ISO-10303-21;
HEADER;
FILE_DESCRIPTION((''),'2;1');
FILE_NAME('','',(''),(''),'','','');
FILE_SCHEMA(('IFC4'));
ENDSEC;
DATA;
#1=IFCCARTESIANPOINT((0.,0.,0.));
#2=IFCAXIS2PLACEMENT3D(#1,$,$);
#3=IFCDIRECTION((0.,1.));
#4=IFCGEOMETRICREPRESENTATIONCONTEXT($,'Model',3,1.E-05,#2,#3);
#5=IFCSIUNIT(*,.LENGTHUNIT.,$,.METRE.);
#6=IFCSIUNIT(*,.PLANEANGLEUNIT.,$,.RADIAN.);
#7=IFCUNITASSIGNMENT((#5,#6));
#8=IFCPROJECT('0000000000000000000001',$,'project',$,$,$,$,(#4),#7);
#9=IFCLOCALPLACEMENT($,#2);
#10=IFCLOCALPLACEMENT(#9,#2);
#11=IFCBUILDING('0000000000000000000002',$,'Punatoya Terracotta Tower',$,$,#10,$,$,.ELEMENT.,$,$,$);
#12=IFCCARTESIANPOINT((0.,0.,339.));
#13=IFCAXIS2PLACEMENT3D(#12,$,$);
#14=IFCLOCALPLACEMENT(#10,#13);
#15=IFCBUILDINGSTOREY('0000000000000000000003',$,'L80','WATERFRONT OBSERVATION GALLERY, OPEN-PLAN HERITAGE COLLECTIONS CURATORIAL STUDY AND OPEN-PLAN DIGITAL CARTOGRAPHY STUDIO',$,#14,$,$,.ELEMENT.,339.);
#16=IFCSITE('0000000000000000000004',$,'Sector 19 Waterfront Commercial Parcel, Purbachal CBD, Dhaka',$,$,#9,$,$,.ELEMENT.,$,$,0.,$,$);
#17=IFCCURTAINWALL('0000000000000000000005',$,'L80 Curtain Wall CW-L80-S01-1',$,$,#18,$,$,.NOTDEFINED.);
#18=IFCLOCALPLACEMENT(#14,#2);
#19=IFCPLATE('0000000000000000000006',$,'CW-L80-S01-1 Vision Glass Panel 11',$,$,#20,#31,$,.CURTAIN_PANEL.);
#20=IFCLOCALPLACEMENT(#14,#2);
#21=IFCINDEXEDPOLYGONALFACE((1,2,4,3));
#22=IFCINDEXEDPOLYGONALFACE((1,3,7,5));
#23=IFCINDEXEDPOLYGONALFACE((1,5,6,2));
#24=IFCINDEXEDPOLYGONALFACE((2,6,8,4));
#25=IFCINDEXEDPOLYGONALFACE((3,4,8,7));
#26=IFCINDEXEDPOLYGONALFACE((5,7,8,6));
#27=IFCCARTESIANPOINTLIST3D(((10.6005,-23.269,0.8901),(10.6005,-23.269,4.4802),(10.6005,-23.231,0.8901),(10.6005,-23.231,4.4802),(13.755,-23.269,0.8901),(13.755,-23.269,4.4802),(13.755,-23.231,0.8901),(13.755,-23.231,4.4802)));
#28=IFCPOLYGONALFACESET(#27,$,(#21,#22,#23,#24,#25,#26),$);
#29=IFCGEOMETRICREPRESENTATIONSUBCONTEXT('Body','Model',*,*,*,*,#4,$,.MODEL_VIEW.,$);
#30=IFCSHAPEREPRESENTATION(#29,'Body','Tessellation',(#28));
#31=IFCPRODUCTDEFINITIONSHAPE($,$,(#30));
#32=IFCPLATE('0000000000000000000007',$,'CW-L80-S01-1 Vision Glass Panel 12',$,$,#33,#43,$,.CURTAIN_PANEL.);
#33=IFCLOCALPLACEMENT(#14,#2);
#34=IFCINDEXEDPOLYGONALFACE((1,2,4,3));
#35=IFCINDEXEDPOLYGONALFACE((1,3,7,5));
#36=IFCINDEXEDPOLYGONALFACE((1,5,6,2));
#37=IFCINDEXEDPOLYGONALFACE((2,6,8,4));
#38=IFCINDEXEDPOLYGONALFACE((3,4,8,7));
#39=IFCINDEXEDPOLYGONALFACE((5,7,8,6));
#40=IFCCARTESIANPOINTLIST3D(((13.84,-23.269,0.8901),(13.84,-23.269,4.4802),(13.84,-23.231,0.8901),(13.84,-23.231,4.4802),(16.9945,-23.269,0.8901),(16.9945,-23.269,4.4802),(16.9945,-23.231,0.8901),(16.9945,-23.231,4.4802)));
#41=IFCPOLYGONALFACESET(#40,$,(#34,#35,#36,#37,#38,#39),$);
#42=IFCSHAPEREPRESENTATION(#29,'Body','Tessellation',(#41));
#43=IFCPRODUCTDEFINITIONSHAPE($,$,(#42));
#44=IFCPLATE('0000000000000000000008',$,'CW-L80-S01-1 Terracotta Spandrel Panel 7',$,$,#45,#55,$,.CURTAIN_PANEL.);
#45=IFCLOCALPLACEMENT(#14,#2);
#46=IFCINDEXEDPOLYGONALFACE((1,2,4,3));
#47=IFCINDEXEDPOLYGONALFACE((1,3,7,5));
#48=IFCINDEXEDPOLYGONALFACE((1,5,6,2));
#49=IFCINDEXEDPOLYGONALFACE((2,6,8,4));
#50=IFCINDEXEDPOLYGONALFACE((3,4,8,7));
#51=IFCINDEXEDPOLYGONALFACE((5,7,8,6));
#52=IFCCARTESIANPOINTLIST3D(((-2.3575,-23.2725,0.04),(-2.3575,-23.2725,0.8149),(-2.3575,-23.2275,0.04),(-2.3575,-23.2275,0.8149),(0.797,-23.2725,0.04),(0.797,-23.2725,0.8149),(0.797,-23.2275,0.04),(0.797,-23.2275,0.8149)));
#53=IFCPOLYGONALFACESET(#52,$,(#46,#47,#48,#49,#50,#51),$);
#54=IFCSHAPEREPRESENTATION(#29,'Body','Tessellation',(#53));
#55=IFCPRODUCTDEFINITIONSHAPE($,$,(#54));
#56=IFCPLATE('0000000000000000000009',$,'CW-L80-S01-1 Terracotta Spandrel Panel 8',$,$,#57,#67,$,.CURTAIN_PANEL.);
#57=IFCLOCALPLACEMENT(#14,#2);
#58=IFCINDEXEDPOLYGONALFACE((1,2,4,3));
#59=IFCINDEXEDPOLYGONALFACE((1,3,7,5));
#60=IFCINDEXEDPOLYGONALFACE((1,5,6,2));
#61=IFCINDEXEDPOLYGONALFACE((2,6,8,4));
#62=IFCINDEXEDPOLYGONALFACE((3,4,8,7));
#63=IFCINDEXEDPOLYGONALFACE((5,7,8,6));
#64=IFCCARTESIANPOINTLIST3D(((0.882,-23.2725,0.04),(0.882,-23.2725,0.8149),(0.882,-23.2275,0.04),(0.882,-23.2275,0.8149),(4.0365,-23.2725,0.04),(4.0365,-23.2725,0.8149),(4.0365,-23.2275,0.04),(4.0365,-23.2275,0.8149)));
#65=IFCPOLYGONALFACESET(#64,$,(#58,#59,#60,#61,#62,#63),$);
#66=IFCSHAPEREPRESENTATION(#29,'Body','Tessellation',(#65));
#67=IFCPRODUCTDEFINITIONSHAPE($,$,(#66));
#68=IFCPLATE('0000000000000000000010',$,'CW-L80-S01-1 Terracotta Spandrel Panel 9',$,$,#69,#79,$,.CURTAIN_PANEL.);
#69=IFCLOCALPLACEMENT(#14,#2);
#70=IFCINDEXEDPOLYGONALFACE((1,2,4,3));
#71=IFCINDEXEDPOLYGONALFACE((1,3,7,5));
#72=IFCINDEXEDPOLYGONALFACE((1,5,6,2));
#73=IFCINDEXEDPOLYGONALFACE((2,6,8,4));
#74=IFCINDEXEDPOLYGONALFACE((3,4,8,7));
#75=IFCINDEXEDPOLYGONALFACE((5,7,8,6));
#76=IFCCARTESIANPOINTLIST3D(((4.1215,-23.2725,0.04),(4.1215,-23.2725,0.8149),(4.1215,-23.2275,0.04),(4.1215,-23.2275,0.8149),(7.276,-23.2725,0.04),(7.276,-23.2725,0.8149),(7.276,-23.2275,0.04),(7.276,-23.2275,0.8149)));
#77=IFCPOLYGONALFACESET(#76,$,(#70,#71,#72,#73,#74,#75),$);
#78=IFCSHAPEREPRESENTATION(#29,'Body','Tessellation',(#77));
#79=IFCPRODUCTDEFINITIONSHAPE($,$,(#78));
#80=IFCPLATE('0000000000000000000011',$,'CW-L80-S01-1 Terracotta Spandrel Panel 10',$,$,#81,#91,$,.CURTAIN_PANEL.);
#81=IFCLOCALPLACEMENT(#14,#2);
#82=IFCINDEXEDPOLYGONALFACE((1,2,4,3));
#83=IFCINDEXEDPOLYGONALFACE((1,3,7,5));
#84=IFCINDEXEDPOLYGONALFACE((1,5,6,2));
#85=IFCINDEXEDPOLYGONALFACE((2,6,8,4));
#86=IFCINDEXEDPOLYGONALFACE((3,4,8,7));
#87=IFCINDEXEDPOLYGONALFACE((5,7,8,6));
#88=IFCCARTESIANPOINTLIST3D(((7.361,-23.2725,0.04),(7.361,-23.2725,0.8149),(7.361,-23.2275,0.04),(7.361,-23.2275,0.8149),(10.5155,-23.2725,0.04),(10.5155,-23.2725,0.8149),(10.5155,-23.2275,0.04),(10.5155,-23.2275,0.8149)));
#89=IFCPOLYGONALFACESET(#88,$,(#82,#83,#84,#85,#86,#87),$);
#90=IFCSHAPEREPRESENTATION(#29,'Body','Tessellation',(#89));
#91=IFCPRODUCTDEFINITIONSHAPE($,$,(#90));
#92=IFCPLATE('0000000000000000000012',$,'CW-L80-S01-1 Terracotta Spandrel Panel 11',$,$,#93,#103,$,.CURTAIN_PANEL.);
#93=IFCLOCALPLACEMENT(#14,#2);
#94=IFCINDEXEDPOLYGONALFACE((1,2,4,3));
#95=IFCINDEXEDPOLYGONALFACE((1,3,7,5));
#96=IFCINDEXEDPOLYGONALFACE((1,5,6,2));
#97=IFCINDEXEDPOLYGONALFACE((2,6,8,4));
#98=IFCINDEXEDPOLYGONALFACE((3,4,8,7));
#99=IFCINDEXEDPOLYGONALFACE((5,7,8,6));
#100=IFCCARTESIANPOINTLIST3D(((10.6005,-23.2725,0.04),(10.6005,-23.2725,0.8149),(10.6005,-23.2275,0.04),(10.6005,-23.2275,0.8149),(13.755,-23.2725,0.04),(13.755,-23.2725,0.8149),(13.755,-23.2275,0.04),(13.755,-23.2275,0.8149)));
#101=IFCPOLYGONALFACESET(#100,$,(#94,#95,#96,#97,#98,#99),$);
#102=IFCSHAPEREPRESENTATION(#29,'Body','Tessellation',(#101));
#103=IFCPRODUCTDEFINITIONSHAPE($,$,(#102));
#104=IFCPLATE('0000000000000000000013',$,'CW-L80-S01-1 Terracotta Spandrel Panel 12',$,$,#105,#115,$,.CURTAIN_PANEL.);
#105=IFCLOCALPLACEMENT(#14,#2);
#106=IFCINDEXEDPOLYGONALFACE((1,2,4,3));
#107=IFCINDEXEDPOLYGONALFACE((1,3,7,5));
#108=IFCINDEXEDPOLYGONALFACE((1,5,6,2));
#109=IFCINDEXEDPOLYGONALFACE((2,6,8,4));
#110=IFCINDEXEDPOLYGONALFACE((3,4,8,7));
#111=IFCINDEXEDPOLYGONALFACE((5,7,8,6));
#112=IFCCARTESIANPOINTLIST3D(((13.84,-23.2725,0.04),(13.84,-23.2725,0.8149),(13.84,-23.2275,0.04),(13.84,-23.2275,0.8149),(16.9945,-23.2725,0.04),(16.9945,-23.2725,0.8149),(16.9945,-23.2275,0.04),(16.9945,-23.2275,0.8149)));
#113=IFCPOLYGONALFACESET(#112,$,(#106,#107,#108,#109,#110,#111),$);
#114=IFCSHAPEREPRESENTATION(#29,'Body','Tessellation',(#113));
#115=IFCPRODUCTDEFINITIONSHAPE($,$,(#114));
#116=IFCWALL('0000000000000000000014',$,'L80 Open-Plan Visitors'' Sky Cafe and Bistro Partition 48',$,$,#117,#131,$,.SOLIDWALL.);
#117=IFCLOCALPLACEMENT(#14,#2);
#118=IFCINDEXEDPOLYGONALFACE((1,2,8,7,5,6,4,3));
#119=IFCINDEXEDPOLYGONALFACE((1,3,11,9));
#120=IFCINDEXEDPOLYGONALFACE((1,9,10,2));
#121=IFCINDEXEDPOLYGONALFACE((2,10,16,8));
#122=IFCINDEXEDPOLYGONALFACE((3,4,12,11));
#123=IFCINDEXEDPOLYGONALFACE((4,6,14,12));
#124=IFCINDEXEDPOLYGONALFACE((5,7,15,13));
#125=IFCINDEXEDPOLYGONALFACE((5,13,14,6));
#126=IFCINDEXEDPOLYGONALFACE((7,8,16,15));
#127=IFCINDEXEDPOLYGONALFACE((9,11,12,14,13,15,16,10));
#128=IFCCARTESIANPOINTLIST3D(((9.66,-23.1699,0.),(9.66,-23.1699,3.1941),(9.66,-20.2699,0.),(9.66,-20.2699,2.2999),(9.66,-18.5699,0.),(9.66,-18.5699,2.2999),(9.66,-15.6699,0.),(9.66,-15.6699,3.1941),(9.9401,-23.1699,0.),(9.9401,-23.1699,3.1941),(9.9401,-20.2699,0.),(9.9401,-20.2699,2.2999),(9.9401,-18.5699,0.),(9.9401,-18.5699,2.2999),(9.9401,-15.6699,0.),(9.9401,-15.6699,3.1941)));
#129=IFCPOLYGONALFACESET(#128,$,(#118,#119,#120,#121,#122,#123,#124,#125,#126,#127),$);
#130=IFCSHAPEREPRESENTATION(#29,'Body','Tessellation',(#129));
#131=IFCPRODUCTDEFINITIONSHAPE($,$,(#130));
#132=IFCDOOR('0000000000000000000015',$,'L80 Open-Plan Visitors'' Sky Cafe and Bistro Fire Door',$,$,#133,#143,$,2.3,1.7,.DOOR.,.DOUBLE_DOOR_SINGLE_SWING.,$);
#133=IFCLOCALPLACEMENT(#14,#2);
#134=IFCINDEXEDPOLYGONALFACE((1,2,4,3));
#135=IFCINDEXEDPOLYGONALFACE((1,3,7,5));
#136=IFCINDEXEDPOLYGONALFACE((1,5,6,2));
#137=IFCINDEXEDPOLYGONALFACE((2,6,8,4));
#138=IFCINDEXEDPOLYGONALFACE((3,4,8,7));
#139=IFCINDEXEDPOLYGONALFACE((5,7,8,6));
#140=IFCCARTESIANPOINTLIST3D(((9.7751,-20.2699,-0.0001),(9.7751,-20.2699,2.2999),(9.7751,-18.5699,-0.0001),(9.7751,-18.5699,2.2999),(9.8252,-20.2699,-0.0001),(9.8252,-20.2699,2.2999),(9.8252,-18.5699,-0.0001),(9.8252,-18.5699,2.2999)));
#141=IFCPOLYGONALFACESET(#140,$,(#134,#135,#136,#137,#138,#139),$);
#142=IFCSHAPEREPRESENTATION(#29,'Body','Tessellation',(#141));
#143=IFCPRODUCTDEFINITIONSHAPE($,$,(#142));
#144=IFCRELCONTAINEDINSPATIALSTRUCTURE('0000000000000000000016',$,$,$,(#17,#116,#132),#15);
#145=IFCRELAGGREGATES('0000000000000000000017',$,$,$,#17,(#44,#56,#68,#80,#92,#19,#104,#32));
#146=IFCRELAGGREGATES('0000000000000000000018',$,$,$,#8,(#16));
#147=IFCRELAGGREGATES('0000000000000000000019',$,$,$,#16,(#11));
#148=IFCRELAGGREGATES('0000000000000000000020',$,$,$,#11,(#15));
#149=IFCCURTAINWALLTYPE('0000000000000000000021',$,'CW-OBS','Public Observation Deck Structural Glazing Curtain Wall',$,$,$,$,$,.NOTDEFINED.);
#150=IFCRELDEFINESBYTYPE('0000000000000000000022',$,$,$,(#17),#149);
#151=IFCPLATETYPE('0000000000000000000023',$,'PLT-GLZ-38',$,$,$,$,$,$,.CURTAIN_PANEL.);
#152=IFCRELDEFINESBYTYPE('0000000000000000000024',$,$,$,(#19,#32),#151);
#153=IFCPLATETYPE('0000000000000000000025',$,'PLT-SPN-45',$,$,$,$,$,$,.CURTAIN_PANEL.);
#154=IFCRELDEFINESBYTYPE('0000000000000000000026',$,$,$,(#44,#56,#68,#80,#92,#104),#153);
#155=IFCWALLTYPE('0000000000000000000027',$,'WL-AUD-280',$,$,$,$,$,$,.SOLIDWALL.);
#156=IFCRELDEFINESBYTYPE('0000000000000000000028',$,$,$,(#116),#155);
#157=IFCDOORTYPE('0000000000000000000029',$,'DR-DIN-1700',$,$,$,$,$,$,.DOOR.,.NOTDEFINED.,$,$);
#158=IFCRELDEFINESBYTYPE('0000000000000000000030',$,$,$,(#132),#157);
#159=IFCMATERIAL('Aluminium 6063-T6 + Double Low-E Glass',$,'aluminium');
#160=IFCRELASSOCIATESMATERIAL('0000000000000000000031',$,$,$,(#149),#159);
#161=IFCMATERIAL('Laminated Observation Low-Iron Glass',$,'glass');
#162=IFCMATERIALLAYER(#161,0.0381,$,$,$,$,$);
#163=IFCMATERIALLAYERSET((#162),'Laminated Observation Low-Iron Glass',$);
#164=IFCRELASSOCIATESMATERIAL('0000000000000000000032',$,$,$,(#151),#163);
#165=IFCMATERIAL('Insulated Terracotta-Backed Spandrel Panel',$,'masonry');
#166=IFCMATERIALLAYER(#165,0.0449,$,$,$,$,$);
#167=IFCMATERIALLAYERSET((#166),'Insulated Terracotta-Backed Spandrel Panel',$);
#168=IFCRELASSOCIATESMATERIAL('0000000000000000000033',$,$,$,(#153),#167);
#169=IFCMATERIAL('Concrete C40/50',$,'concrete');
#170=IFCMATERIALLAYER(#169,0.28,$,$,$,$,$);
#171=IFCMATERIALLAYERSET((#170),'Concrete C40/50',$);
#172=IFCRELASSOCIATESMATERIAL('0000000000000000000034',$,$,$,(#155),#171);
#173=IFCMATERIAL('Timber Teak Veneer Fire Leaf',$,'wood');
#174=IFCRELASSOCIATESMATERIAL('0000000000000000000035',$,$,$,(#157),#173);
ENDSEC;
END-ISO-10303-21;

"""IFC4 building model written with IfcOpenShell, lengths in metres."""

from ifc_helpers import new_model, si_unit, direction, frame, frame_2d, origin, origin_2d, place, context, subcontext, project, spatial, rectangle, extrude, material, layer, layer_set, type_object, element, fill, aggregate, save


model = new_model("IFC4")

# Units and contexts
model_context = context("Model", 3, precision=1e-05, world=origin(), true_north=direction((0.0, 1.0)))
body_context = subcontext(model_context, "Body", "Model", "MODEL_VIEW")
ifc_project = project(units=[si_unit("LENGTHUNIT", "METRE"), si_unit("PLANEANGLEUNIT", "RADIAN")], contexts=[model_context])

# Site, building, storey
site_placement = place(None, origin())
site = spatial("IfcSite", under=ifc_project, at=site_placement, Name="Sector 19 Waterfront Commercial Parcel, Purbachal CBD, Dhaka", CompositionType="ELEMENT", RefElevation=0.0)
building_placement = place(site_placement, origin())
building = spatial("IfcBuilding", under=site, at=building_placement, Name="Punatoya Terracotta Tower", CompositionType="ELEMENT")
storey_placement = place(building_placement, frame((0.0, 0.0, 339.0)))
storey = spatial("IfcBuildingStorey", under=building, at=storey_placement, Name="L80", Description="WATERFRONT OBSERVATION GALLERY, OPEN-PLAN HERITAGE COLLECTIONS CURATORIAL STUDY AND OPEN-PLAN DIGITAL CARTOGRAPHY STUDIO", CompositionType="ELEMENT", Elevation=339.0)

# Curtain wall
ifc_material_1 = material(Name="Aluminium 6063-T6 + Double Low-E Glass", Category="aluminium")
curtain_wall_type = type_object("IfcCurtainWallType", Name="CW-OBS", Description="Public Observation Deck Structural Glazing Curtain Wall", PredefinedType="NOTDEFINED", material=ifc_material_1)
curtain_wall_1_placement = place(storey_placement, origin())
curtain_wall_1 = element("IfcCurtainWall", 1, at=curtain_wall_1_placement, inside=storey, type_object=curtain_wall_type, Name="L80 Curtain Wall CW-L80-S01-1", PredefinedType="NOTDEFINED")

# Plates
ifc_material_2 = material(Name="Laminated Observation Low-Iron Glass", Category="glass")
ifc_layer_1 = layer(ifc_material_2, 0.0381)
ifc_layer_set_1 = layer_set([ifc_layer_1], Name="Laminated Observation Low-Iron Glass")
plate_type_1 = type_object("IfcPlateType", Name="PLT-GLZ-38", PredefinedType="CURTAIN_PANEL", material=ifc_layer_set_1)
plate_1_placement = place(storey_placement, frame((12.1777, -23.25, 0.8901), z_axis=(0.0, 0.0, 1.0), x_axis=(1.0, 0.0, 0.0)))
plate_1 = element("IfcPlate", 2, at=plate_1_placement, type_object=plate_type_1, Name="CW-L80-S01-1 Vision Glass Panel 11", PredefinedType="CURTAIN_PANEL", context=body_context, shape_type="SweptSolid", body=[
    extrude(rectangle(XDim=3.1545, YDim=0.0381, at=origin_2d()), origin(), (0.0, 0.0, 1.0), 3.5901),
])
plate_2_placement = place(storey_placement, frame((15.4172, -23.25, 0.8901), z_axis=(0.0, 0.0, 1.0), x_axis=(1.0, 0.0, 0.0)))
plate_2 = element("IfcPlate", 3, at=plate_2_placement, type_object=plate_type_1, Name="CW-L80-S01-1 Vision Glass Panel 12", PredefinedType="CURTAIN_PANEL", context=body_context, shape_type="SweptSolid", body=[
    extrude(rectangle(XDim=3.1545, YDim=0.0381, at=origin_2d()), origin(), (0.0, 0.0, 1.0), 3.5901),
])
ifc_material_3 = material(Name="Insulated Terracotta-Backed Spandrel Panel", Category="masonry")
ifc_layer_2 = layer(ifc_material_3, 0.0449)
ifc_layer_set_2 = layer_set([ifc_layer_2], Name="Insulated Terracotta-Backed Spandrel Panel")
plate_type_2 = type_object("IfcPlateType", Name="PLT-SPN-45", PredefinedType="CURTAIN_PANEL", material=ifc_layer_set_2)
plate_3_placement = place(storey_placement, frame((-0.7803, -23.25, 0.04), z_axis=(0.0, 0.0, 1.0), x_axis=(1.0, 0.0, 0.0)))
plate_3 = element("IfcPlate", 4, at=plate_3_placement, type_object=plate_type_2, Name="CW-L80-S01-1 Terracotta Spandrel Panel 7", PredefinedType="CURTAIN_PANEL", context=body_context, shape_type="SweptSolid", body=[
    extrude(rectangle(XDim=3.1545, YDim=0.0449, at=origin_2d()), origin(), (0.0, 0.0, 1.0), 0.7749),
])
plate_4_placement = place(storey_placement, frame((2.4592, -23.25, 0.04), z_axis=(0.0, 0.0, 1.0), x_axis=(1.0, 0.0, 0.0)))
plate_4 = element("IfcPlate", 5, at=plate_4_placement, type_object=plate_type_2, Name="CW-L80-S01-1 Terracotta Spandrel Panel 8", PredefinedType="CURTAIN_PANEL", context=body_context, shape_type="SweptSolid", body=[
    extrude(rectangle(XDim=3.1545, YDim=0.0449, at=origin_2d()), origin(), (0.0, 0.0, 1.0), 0.7749),
])
plate_5_placement = place(storey_placement, frame((5.6987, -23.25, 0.04), z_axis=(0.0, 0.0, 1.0), x_axis=(1.0, 0.0, 0.0)))
plate_5 = element("IfcPlate", 6, at=plate_5_placement, type_object=plate_type_2, Name="CW-L80-S01-1 Terracotta Spandrel Panel 9", PredefinedType="CURTAIN_PANEL", context=body_context, shape_type="SweptSolid", body=[
    extrude(rectangle(XDim=3.1545, YDim=0.0449, at=origin_2d()), origin(), (0.0, 0.0, 1.0), 0.7749),
])
plate_6_placement = place(storey_placement, frame((8.9382, -23.25, 0.04), z_axis=(0.0, 0.0, 1.0), x_axis=(1.0, 0.0, 0.0)))
plate_6 = element("IfcPlate", 7, at=plate_6_placement, type_object=plate_type_2, Name="CW-L80-S01-1 Terracotta Spandrel Panel 10", PredefinedType="CURTAIN_PANEL", context=body_context, shape_type="SweptSolid", body=[
    extrude(rectangle(XDim=3.1545, YDim=0.0449, at=origin_2d()), origin(), (0.0, 0.0, 1.0), 0.7749),
])
plate_7_placement = place(storey_placement, frame((12.1777, -23.25, 0.04), z_axis=(0.0, 0.0, 1.0), x_axis=(1.0, 0.0, 0.0)))
plate_7 = element("IfcPlate", 8, at=plate_7_placement, type_object=plate_type_2, Name="CW-L80-S01-1 Terracotta Spandrel Panel 11", PredefinedType="CURTAIN_PANEL", context=body_context, shape_type="SweptSolid", body=[
    extrude(rectangle(XDim=3.1545, YDim=0.0449, at=origin_2d()), origin(), (0.0, 0.0, 1.0), 0.7749),
])
plate_8_placement = place(storey_placement, frame((15.4172, -23.25, 0.04), z_axis=(0.0, 0.0, 1.0), x_axis=(1.0, 0.0, 0.0)))
plate_8 = element("IfcPlate", 9, at=plate_8_placement, type_object=plate_type_2, Name="CW-L80-S01-1 Terracotta Spandrel Panel 12", PredefinedType="CURTAIN_PANEL", context=body_context, shape_type="SweptSolid", body=[
    extrude(rectangle(XDim=3.1545, YDim=0.0449, at=origin_2d()), origin(), (0.0, 0.0, 1.0), 0.7749),
])
aggregate(curtain_wall_1, [plate_3, plate_4, plate_5, plate_6, plate_7, plate_1, plate_8, plate_2])

# Wall, opening, door
ifc_material_4 = material(Name="Concrete C40/50", Category="concrete")
ifc_layer_3 = layer(ifc_material_4, 0.28)
ifc_layer_set_3 = layer_set([ifc_layer_3], Name="Concrete C40/50")
wall_type = type_object("IfcWallType", Name="WL-AUD-280", PredefinedType="SOLIDWALL", material=ifc_layer_set_3)
wall_placement = place(storey_placement, frame((9.8, -23.1699, 0.0), z_axis=(0.0, 0.0, 1.0), x_axis=(0.0, 1.0, 0.0)))
wall = element("IfcWall", 10, at=wall_placement, inside=storey, type_object=wall_type, Name="L80 Open-Plan Visitors' Sky Cafe and Bistro Partition 48", PredefinedType="SOLIDWALL", context=body_context, shape_type="SweptSolid", body=[
    extrude(rectangle(XDim=7.5, YDim=0.28, at=frame_2d((3.75, 0.0))), origin(), (0.0, 0.0, 1.0), 3.1941),
])
opening_placement = place(wall_placement, frame((2.8999, 0.0, 0.0)))
opening = element("IfcOpeningElement", 11, at=opening_placement, cuts=wall, PredefinedType="OPENING", context=body_context, shape_type="SweptSolid", body=[
    extrude(rectangle(XDim=1.7, YDim=2.3, at=frame_2d((0.8501, 1.1499))), frame((0.0, 0.1499, 0.0), z_axis=(0.0, -1.0, 0.0), x_axis=(1.0, 0.0, 0.0)), (0.0, 0.0, 1.0), 0.3),
])
ifc_material_5 = material(Name="Timber Teak Veneer Fire Leaf", Category="wood")
door_type = type_object("IfcDoorType", Name="DR-DIN-1700", OperationType="NOTDEFINED", PredefinedType="DOOR", material=ifc_material_5)
door_placement = place(opening_placement, origin())
door = element("IfcDoor", 12, at=door_placement, inside=storey, type_object=door_type, Name="L80 Open-Plan Visitors' Sky Cafe and Bistro Fire Door", OperationType="DOUBLE_DOOR_SINGLE_SWING", OverallHeight=2.3, OverallWidth=1.7, PredefinedType="DOOR", context=body_context, shape_type="SweptSolid", body=[
    extrude(rectangle(XDim=1.7, YDim=2.3, at=frame_2d((0.8501, 1.1499))), frame((0.0, 0.0249, 0.0), z_axis=(0.0, -1.0, 0.0), x_axis=(1.0, 0.0, 0.0)), (0.0, 0.0, 1.0), 0.05),
])
fill(opening, door)

save(model, "model.ifc")
